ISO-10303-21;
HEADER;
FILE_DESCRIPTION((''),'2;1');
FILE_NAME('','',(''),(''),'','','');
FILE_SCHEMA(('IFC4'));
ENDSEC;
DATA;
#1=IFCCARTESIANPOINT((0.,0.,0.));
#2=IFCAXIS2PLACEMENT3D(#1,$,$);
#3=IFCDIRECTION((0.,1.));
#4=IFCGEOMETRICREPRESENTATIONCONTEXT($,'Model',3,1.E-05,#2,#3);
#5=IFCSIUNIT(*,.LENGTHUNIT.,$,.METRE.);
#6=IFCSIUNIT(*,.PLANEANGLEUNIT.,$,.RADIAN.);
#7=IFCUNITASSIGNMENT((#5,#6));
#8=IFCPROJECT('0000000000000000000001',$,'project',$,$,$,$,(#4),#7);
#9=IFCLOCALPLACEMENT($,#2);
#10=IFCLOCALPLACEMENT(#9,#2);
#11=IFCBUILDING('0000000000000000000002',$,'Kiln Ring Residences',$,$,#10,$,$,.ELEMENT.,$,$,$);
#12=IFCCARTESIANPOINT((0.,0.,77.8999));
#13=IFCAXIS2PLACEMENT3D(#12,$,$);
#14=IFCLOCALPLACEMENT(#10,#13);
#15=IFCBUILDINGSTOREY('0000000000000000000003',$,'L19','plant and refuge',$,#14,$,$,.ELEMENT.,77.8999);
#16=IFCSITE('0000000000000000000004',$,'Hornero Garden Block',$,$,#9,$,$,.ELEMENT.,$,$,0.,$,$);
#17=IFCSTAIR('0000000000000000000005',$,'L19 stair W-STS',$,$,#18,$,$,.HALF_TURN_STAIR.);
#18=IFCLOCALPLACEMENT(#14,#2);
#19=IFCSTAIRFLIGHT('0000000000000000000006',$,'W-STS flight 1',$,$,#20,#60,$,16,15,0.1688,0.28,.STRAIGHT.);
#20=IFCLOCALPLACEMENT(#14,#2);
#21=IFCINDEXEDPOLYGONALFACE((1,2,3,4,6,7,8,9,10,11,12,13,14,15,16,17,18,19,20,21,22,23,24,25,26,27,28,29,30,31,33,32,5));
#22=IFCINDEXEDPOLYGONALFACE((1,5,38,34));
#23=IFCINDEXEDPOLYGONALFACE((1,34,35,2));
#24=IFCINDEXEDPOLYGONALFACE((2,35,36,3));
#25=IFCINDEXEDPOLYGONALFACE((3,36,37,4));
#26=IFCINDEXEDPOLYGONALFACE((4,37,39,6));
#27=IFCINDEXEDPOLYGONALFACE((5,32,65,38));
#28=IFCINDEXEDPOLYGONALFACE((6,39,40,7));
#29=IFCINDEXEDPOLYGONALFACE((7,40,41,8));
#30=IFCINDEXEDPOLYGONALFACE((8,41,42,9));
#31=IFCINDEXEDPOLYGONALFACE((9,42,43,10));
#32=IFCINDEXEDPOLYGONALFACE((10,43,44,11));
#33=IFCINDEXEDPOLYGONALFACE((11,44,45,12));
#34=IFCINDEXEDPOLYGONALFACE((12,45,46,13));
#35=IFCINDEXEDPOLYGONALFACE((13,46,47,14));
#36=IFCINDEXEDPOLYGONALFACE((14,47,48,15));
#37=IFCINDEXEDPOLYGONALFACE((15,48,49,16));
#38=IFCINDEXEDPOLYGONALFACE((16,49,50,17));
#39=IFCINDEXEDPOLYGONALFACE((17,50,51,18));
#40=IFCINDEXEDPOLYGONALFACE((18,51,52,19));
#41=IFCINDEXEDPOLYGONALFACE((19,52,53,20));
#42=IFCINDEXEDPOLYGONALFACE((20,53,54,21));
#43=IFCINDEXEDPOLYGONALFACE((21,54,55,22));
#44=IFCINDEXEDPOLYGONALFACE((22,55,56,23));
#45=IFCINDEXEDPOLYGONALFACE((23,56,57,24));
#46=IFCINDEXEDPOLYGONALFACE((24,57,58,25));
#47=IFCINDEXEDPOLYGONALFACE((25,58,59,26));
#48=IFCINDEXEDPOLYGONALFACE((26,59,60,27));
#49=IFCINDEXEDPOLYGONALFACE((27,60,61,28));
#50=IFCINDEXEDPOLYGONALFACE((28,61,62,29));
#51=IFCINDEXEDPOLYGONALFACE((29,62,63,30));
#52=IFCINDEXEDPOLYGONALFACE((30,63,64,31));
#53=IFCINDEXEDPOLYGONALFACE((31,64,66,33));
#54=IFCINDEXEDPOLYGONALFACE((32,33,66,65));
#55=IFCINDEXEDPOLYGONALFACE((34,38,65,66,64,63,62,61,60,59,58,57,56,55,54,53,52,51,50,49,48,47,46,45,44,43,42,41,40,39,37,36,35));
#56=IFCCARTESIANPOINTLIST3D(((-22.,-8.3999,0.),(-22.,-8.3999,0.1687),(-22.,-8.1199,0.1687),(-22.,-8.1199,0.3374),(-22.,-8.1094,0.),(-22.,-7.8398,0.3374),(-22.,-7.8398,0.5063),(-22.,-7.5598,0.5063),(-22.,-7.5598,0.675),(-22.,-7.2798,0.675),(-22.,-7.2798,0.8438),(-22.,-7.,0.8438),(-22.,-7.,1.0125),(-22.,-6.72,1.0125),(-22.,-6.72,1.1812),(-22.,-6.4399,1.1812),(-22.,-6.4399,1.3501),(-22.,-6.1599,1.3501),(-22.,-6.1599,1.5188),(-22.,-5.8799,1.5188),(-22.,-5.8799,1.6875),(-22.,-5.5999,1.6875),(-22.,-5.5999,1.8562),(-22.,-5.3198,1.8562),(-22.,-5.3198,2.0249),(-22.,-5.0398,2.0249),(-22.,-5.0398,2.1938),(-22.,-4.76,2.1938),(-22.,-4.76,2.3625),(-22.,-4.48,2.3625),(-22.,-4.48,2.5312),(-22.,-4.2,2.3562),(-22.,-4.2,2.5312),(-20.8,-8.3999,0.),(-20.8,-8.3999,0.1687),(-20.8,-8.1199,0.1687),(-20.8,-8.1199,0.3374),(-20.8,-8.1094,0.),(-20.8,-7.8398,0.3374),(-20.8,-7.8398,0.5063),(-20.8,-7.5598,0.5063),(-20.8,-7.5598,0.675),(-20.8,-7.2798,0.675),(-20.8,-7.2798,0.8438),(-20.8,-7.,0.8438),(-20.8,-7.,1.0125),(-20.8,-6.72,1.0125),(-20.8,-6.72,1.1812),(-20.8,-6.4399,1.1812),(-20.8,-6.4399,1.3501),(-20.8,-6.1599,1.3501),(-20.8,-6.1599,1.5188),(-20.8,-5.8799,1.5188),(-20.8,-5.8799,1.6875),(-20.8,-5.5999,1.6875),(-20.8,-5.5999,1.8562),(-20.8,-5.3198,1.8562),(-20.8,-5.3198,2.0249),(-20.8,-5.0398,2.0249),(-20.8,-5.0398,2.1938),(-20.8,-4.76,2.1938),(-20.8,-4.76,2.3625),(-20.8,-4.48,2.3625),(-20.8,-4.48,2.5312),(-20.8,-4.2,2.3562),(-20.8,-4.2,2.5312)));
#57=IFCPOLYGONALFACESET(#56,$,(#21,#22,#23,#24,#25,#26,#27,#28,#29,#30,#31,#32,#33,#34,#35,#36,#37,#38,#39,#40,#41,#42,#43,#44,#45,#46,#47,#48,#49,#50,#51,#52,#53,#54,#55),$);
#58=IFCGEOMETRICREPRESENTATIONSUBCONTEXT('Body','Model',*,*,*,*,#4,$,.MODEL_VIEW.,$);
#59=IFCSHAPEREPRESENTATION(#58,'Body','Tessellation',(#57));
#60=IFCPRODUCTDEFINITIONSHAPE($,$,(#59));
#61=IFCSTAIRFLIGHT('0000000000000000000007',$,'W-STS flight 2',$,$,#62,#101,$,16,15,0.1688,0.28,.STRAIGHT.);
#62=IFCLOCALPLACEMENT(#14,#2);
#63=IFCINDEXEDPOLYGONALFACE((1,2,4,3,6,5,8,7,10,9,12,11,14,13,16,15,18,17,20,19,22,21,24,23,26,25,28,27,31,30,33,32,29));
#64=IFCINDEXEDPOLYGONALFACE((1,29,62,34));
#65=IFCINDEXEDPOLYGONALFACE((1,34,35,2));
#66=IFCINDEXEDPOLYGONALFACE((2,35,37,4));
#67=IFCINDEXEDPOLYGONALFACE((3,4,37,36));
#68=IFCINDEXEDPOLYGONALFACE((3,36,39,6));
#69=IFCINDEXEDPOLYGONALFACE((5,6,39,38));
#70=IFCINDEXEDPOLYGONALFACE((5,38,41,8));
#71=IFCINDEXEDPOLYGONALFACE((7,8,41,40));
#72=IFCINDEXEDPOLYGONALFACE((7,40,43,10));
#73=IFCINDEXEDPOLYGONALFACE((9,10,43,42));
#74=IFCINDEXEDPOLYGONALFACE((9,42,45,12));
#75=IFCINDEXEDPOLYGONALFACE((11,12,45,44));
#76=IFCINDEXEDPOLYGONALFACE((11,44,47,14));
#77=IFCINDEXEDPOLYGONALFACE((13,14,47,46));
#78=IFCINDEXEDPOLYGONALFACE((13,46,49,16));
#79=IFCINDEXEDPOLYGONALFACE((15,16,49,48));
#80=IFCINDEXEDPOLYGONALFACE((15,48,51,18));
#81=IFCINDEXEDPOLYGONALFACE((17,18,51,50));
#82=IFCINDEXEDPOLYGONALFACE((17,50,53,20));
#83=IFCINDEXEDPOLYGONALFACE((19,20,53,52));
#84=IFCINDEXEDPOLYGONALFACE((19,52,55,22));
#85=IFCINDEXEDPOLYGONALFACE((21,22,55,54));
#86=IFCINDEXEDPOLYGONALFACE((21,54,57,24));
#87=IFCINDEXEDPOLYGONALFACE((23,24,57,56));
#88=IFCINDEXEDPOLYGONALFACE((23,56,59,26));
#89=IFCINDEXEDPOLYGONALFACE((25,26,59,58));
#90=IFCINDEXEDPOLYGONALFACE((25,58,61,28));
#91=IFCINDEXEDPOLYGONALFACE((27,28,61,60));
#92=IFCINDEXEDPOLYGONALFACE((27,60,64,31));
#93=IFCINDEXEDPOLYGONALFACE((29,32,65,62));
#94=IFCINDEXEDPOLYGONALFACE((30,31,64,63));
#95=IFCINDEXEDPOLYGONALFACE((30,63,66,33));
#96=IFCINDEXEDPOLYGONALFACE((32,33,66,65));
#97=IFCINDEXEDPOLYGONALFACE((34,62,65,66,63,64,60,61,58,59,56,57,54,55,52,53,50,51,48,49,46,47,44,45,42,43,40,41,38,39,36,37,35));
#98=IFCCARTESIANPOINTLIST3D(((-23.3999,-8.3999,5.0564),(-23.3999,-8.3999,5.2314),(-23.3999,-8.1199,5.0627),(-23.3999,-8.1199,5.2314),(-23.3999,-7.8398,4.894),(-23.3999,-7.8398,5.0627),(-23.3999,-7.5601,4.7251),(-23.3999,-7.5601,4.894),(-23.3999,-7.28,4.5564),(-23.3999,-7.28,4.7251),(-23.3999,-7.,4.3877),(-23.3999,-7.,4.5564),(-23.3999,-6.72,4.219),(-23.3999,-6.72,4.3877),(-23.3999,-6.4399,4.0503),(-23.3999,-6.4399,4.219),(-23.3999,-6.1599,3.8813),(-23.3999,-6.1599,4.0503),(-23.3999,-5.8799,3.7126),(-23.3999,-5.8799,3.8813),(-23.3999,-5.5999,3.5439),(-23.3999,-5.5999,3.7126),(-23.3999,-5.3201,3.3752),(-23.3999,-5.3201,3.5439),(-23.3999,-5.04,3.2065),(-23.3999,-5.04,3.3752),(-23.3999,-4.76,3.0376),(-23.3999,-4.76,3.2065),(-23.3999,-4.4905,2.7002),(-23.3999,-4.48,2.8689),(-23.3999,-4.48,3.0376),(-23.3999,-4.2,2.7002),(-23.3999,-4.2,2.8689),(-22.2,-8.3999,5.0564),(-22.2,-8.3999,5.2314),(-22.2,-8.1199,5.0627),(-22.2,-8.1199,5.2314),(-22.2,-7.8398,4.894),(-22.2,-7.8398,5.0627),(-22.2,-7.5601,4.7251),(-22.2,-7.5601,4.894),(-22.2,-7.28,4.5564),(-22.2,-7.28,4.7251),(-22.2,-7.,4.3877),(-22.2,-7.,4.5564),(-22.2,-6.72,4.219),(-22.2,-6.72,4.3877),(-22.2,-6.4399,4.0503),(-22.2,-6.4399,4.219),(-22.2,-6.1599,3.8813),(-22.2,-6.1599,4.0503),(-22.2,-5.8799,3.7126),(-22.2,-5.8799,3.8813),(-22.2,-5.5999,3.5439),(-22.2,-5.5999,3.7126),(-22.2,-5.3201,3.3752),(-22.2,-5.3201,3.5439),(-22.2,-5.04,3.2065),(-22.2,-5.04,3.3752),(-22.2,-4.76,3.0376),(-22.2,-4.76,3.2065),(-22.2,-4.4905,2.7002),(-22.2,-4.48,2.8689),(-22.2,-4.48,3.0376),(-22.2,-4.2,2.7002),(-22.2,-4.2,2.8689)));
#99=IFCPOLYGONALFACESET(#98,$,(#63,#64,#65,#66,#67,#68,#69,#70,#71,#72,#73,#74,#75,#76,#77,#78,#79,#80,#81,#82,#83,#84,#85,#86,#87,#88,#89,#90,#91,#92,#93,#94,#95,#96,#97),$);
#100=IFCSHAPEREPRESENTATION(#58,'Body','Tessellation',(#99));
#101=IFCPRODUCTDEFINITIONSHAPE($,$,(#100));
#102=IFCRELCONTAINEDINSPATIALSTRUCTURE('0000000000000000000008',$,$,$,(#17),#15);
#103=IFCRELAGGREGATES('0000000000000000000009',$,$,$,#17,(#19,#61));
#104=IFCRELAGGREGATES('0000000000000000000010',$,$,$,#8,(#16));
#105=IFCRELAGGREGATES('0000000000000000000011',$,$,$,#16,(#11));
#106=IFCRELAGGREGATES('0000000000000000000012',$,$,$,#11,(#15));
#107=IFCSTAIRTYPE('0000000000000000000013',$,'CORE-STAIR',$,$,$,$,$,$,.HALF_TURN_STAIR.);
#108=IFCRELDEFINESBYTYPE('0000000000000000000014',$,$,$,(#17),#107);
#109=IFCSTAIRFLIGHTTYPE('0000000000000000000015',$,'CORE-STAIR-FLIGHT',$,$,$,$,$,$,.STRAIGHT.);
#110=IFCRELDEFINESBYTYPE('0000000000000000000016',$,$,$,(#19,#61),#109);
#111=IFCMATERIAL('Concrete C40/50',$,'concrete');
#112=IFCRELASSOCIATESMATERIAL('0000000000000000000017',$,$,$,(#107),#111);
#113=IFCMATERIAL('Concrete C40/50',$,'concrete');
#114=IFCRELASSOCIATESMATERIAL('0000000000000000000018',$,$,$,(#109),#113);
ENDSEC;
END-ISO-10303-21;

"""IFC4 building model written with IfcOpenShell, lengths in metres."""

from ifc_helpers import new_model, si_unit, direction, frame, origin, place, context, subcontext, project, spatial, polyline, outline, extrude, material, type_object, element, aggregate, save


model = new_model("IFC4")

# Units and contexts
model_context = context("Model", 3, precision=1e-05, world=origin(), true_north=direction((0.0, 1.0)))
body_context = subcontext(model_context, "Body", "Model", "MODEL_VIEW")
ifc_project = project(units=[si_unit("LENGTHUNIT", "METRE"), si_unit("PLANEANGLEUNIT", "RADIAN")], contexts=[model_context])

# Site, building, storey
site_placement = place(None, origin())
site = spatial("IfcSite", under=ifc_project, at=site_placement, Name="Hornero Garden Block", CompositionType="ELEMENT", RefElevation=0.0)
building_placement = place(site_placement, origin())
building = spatial("IfcBuilding", under=site, at=building_placement, Name="Kiln Ring Residences", CompositionType="ELEMENT")
storey_placement = place(building_placement, frame((0.0, 0.0, 77.8999)))
storey = spatial("IfcBuildingStorey", under=building, at=storey_placement, Name="L19", Description="plant and refuge", CompositionType="ELEMENT", Elevation=77.8999)

# Stair, stair flights
ifc_material_1 = material(Name="Concrete C40/50", Category="concrete")
stair_type = type_object("IfcStairType", Name="CORE-STAIR", PredefinedType="HALF_TURN_STAIR", material=ifc_material_1)
stair_placement = place(storey_placement, origin())
stair = element("IfcStair", 1, at=stair_placement, inside=storey, type_object=stair_type, Name="L19 stair W-STS", PredefinedType="HALF_TURN_STAIR")
ifc_material_2 = material(Name="Concrete C40/50", Category="concrete")
stair_flight_type = type_object("IfcStairFlightType", Name="CORE-STAIR-FLIGHT", PredefinedType="STRAIGHT", material=ifc_material_2)
stair_flight_1_placement = place(storey_placement, frame((-21.3999, -8.3999, 0.0), z_axis=(0.0, 0.0, 1.0), x_axis=(0.0, 1.0, 0.0)))
stair_flight_1 = element("IfcStairFlight", 2, at=stair_flight_1_placement, type_object=stair_flight_type, Name="W-STS flight 1", NumberOfRisers=16, NumberOfTreads=15, PredefinedType="STRAIGHT", RiserHeight=0.1688, TreadLength=0.28, context=body_context, shape_type="SweptSolid", body=[
    extrude(outline(polyline([(0.0, 0.0), (0.0, 0.1687), (0.28, 0.1687), (0.28, 0.3374), (0.5601, 0.3374), (0.5601, 0.5063), (0.8401, 0.5063), (0.8401, 0.675), (1.1201, 0.675), (1.1201, 0.8438), (1.3999, 0.8438), (1.3999, 1.0125), (1.6799, 1.0125), (1.6799, 1.1812), (1.96, 1.1812), (1.96, 1.3501), (2.24, 1.3501), (2.24, 1.5188), (2.52, 1.5188), (2.52, 1.6875), (2.8, 1.6875), (2.8, 1.8562), (3.0801, 1.8562), (3.0801, 2.0249), (3.3601, 2.0249), (3.3601, 2.1938), (3.6399, 2.1938), (3.6399, 2.3625), (3.9199, 2.3625), (3.9199, 2.5312), (4.2, 2.5312), (4.2, 2.7), (4.2, 2.3562), (0.2905, 0.0), (0.0, 0.0)])), frame((0.0, 0.6001, 0.0), z_axis=(0.0, -1.0, 0.0), x_axis=(1.0, 0.0, 0.0)), (0.0, 0.0, 1.0), 1.2),
])
stair_flight_2_placement = place(storey_placement, frame((-22.8, -4.2, 2.7002), z_axis=(0.0, 0.0, 1.0), x_axis=(0.0, -1.0, 0.0)))
stair_flight_2 = element("IfcStairFlight", 3, at=stair_flight_2_placement, type_object=stair_flight_type, Name="W-STS flight 2", NumberOfRisers=16, NumberOfTreads=15, PredefinedType="STRAIGHT", RiserHeight=0.1688, TreadLength=0.28, context=body_context, shape_type="SweptSolid", body=[
    extrude(outline(polyline([(0.0, 0.0), (0.0, 0.1687), (0.28, 0.1687), (0.28, 0.3374), (0.5601, 0.3374), (0.5601, 0.5063), (0.8401, 0.5063), (0.8401, 0.675), (1.1201, 0.675), (1.1201, 0.8438), (1.3999, 0.8438), (1.3999, 1.0125), (1.6799, 1.0125), (1.6799, 1.1812), (1.96, 1.1812), (1.96, 1.3501), (2.24, 1.3501), (2.24, 1.5188), (2.52, 1.5188), (2.52, 1.6875), (2.8, 1.6875), (2.8, 1.8562), (3.0801, 1.8562), (3.0801, 2.0249), (3.3601, 2.0249), (3.3601, 2.1938), (3.6399, 2.1938), (3.6399, 2.3625), (3.9199, 2.3625), (3.9199, 2.5312), (4.2, 2.5312), (4.2, 2.7), (4.2, 2.3562), (0.2905, 0.0), (0.0, 0.0)])), frame((0.0, 0.6001, 0.0), z_axis=(0.0, -1.0, 0.0), x_axis=(1.0, 0.0, 0.0)), (0.0, 0.0, 1.0), 1.2),
])
aggregate(stair, [stair_flight_1, stair_flight_2])

save(model, "model.ifc")
